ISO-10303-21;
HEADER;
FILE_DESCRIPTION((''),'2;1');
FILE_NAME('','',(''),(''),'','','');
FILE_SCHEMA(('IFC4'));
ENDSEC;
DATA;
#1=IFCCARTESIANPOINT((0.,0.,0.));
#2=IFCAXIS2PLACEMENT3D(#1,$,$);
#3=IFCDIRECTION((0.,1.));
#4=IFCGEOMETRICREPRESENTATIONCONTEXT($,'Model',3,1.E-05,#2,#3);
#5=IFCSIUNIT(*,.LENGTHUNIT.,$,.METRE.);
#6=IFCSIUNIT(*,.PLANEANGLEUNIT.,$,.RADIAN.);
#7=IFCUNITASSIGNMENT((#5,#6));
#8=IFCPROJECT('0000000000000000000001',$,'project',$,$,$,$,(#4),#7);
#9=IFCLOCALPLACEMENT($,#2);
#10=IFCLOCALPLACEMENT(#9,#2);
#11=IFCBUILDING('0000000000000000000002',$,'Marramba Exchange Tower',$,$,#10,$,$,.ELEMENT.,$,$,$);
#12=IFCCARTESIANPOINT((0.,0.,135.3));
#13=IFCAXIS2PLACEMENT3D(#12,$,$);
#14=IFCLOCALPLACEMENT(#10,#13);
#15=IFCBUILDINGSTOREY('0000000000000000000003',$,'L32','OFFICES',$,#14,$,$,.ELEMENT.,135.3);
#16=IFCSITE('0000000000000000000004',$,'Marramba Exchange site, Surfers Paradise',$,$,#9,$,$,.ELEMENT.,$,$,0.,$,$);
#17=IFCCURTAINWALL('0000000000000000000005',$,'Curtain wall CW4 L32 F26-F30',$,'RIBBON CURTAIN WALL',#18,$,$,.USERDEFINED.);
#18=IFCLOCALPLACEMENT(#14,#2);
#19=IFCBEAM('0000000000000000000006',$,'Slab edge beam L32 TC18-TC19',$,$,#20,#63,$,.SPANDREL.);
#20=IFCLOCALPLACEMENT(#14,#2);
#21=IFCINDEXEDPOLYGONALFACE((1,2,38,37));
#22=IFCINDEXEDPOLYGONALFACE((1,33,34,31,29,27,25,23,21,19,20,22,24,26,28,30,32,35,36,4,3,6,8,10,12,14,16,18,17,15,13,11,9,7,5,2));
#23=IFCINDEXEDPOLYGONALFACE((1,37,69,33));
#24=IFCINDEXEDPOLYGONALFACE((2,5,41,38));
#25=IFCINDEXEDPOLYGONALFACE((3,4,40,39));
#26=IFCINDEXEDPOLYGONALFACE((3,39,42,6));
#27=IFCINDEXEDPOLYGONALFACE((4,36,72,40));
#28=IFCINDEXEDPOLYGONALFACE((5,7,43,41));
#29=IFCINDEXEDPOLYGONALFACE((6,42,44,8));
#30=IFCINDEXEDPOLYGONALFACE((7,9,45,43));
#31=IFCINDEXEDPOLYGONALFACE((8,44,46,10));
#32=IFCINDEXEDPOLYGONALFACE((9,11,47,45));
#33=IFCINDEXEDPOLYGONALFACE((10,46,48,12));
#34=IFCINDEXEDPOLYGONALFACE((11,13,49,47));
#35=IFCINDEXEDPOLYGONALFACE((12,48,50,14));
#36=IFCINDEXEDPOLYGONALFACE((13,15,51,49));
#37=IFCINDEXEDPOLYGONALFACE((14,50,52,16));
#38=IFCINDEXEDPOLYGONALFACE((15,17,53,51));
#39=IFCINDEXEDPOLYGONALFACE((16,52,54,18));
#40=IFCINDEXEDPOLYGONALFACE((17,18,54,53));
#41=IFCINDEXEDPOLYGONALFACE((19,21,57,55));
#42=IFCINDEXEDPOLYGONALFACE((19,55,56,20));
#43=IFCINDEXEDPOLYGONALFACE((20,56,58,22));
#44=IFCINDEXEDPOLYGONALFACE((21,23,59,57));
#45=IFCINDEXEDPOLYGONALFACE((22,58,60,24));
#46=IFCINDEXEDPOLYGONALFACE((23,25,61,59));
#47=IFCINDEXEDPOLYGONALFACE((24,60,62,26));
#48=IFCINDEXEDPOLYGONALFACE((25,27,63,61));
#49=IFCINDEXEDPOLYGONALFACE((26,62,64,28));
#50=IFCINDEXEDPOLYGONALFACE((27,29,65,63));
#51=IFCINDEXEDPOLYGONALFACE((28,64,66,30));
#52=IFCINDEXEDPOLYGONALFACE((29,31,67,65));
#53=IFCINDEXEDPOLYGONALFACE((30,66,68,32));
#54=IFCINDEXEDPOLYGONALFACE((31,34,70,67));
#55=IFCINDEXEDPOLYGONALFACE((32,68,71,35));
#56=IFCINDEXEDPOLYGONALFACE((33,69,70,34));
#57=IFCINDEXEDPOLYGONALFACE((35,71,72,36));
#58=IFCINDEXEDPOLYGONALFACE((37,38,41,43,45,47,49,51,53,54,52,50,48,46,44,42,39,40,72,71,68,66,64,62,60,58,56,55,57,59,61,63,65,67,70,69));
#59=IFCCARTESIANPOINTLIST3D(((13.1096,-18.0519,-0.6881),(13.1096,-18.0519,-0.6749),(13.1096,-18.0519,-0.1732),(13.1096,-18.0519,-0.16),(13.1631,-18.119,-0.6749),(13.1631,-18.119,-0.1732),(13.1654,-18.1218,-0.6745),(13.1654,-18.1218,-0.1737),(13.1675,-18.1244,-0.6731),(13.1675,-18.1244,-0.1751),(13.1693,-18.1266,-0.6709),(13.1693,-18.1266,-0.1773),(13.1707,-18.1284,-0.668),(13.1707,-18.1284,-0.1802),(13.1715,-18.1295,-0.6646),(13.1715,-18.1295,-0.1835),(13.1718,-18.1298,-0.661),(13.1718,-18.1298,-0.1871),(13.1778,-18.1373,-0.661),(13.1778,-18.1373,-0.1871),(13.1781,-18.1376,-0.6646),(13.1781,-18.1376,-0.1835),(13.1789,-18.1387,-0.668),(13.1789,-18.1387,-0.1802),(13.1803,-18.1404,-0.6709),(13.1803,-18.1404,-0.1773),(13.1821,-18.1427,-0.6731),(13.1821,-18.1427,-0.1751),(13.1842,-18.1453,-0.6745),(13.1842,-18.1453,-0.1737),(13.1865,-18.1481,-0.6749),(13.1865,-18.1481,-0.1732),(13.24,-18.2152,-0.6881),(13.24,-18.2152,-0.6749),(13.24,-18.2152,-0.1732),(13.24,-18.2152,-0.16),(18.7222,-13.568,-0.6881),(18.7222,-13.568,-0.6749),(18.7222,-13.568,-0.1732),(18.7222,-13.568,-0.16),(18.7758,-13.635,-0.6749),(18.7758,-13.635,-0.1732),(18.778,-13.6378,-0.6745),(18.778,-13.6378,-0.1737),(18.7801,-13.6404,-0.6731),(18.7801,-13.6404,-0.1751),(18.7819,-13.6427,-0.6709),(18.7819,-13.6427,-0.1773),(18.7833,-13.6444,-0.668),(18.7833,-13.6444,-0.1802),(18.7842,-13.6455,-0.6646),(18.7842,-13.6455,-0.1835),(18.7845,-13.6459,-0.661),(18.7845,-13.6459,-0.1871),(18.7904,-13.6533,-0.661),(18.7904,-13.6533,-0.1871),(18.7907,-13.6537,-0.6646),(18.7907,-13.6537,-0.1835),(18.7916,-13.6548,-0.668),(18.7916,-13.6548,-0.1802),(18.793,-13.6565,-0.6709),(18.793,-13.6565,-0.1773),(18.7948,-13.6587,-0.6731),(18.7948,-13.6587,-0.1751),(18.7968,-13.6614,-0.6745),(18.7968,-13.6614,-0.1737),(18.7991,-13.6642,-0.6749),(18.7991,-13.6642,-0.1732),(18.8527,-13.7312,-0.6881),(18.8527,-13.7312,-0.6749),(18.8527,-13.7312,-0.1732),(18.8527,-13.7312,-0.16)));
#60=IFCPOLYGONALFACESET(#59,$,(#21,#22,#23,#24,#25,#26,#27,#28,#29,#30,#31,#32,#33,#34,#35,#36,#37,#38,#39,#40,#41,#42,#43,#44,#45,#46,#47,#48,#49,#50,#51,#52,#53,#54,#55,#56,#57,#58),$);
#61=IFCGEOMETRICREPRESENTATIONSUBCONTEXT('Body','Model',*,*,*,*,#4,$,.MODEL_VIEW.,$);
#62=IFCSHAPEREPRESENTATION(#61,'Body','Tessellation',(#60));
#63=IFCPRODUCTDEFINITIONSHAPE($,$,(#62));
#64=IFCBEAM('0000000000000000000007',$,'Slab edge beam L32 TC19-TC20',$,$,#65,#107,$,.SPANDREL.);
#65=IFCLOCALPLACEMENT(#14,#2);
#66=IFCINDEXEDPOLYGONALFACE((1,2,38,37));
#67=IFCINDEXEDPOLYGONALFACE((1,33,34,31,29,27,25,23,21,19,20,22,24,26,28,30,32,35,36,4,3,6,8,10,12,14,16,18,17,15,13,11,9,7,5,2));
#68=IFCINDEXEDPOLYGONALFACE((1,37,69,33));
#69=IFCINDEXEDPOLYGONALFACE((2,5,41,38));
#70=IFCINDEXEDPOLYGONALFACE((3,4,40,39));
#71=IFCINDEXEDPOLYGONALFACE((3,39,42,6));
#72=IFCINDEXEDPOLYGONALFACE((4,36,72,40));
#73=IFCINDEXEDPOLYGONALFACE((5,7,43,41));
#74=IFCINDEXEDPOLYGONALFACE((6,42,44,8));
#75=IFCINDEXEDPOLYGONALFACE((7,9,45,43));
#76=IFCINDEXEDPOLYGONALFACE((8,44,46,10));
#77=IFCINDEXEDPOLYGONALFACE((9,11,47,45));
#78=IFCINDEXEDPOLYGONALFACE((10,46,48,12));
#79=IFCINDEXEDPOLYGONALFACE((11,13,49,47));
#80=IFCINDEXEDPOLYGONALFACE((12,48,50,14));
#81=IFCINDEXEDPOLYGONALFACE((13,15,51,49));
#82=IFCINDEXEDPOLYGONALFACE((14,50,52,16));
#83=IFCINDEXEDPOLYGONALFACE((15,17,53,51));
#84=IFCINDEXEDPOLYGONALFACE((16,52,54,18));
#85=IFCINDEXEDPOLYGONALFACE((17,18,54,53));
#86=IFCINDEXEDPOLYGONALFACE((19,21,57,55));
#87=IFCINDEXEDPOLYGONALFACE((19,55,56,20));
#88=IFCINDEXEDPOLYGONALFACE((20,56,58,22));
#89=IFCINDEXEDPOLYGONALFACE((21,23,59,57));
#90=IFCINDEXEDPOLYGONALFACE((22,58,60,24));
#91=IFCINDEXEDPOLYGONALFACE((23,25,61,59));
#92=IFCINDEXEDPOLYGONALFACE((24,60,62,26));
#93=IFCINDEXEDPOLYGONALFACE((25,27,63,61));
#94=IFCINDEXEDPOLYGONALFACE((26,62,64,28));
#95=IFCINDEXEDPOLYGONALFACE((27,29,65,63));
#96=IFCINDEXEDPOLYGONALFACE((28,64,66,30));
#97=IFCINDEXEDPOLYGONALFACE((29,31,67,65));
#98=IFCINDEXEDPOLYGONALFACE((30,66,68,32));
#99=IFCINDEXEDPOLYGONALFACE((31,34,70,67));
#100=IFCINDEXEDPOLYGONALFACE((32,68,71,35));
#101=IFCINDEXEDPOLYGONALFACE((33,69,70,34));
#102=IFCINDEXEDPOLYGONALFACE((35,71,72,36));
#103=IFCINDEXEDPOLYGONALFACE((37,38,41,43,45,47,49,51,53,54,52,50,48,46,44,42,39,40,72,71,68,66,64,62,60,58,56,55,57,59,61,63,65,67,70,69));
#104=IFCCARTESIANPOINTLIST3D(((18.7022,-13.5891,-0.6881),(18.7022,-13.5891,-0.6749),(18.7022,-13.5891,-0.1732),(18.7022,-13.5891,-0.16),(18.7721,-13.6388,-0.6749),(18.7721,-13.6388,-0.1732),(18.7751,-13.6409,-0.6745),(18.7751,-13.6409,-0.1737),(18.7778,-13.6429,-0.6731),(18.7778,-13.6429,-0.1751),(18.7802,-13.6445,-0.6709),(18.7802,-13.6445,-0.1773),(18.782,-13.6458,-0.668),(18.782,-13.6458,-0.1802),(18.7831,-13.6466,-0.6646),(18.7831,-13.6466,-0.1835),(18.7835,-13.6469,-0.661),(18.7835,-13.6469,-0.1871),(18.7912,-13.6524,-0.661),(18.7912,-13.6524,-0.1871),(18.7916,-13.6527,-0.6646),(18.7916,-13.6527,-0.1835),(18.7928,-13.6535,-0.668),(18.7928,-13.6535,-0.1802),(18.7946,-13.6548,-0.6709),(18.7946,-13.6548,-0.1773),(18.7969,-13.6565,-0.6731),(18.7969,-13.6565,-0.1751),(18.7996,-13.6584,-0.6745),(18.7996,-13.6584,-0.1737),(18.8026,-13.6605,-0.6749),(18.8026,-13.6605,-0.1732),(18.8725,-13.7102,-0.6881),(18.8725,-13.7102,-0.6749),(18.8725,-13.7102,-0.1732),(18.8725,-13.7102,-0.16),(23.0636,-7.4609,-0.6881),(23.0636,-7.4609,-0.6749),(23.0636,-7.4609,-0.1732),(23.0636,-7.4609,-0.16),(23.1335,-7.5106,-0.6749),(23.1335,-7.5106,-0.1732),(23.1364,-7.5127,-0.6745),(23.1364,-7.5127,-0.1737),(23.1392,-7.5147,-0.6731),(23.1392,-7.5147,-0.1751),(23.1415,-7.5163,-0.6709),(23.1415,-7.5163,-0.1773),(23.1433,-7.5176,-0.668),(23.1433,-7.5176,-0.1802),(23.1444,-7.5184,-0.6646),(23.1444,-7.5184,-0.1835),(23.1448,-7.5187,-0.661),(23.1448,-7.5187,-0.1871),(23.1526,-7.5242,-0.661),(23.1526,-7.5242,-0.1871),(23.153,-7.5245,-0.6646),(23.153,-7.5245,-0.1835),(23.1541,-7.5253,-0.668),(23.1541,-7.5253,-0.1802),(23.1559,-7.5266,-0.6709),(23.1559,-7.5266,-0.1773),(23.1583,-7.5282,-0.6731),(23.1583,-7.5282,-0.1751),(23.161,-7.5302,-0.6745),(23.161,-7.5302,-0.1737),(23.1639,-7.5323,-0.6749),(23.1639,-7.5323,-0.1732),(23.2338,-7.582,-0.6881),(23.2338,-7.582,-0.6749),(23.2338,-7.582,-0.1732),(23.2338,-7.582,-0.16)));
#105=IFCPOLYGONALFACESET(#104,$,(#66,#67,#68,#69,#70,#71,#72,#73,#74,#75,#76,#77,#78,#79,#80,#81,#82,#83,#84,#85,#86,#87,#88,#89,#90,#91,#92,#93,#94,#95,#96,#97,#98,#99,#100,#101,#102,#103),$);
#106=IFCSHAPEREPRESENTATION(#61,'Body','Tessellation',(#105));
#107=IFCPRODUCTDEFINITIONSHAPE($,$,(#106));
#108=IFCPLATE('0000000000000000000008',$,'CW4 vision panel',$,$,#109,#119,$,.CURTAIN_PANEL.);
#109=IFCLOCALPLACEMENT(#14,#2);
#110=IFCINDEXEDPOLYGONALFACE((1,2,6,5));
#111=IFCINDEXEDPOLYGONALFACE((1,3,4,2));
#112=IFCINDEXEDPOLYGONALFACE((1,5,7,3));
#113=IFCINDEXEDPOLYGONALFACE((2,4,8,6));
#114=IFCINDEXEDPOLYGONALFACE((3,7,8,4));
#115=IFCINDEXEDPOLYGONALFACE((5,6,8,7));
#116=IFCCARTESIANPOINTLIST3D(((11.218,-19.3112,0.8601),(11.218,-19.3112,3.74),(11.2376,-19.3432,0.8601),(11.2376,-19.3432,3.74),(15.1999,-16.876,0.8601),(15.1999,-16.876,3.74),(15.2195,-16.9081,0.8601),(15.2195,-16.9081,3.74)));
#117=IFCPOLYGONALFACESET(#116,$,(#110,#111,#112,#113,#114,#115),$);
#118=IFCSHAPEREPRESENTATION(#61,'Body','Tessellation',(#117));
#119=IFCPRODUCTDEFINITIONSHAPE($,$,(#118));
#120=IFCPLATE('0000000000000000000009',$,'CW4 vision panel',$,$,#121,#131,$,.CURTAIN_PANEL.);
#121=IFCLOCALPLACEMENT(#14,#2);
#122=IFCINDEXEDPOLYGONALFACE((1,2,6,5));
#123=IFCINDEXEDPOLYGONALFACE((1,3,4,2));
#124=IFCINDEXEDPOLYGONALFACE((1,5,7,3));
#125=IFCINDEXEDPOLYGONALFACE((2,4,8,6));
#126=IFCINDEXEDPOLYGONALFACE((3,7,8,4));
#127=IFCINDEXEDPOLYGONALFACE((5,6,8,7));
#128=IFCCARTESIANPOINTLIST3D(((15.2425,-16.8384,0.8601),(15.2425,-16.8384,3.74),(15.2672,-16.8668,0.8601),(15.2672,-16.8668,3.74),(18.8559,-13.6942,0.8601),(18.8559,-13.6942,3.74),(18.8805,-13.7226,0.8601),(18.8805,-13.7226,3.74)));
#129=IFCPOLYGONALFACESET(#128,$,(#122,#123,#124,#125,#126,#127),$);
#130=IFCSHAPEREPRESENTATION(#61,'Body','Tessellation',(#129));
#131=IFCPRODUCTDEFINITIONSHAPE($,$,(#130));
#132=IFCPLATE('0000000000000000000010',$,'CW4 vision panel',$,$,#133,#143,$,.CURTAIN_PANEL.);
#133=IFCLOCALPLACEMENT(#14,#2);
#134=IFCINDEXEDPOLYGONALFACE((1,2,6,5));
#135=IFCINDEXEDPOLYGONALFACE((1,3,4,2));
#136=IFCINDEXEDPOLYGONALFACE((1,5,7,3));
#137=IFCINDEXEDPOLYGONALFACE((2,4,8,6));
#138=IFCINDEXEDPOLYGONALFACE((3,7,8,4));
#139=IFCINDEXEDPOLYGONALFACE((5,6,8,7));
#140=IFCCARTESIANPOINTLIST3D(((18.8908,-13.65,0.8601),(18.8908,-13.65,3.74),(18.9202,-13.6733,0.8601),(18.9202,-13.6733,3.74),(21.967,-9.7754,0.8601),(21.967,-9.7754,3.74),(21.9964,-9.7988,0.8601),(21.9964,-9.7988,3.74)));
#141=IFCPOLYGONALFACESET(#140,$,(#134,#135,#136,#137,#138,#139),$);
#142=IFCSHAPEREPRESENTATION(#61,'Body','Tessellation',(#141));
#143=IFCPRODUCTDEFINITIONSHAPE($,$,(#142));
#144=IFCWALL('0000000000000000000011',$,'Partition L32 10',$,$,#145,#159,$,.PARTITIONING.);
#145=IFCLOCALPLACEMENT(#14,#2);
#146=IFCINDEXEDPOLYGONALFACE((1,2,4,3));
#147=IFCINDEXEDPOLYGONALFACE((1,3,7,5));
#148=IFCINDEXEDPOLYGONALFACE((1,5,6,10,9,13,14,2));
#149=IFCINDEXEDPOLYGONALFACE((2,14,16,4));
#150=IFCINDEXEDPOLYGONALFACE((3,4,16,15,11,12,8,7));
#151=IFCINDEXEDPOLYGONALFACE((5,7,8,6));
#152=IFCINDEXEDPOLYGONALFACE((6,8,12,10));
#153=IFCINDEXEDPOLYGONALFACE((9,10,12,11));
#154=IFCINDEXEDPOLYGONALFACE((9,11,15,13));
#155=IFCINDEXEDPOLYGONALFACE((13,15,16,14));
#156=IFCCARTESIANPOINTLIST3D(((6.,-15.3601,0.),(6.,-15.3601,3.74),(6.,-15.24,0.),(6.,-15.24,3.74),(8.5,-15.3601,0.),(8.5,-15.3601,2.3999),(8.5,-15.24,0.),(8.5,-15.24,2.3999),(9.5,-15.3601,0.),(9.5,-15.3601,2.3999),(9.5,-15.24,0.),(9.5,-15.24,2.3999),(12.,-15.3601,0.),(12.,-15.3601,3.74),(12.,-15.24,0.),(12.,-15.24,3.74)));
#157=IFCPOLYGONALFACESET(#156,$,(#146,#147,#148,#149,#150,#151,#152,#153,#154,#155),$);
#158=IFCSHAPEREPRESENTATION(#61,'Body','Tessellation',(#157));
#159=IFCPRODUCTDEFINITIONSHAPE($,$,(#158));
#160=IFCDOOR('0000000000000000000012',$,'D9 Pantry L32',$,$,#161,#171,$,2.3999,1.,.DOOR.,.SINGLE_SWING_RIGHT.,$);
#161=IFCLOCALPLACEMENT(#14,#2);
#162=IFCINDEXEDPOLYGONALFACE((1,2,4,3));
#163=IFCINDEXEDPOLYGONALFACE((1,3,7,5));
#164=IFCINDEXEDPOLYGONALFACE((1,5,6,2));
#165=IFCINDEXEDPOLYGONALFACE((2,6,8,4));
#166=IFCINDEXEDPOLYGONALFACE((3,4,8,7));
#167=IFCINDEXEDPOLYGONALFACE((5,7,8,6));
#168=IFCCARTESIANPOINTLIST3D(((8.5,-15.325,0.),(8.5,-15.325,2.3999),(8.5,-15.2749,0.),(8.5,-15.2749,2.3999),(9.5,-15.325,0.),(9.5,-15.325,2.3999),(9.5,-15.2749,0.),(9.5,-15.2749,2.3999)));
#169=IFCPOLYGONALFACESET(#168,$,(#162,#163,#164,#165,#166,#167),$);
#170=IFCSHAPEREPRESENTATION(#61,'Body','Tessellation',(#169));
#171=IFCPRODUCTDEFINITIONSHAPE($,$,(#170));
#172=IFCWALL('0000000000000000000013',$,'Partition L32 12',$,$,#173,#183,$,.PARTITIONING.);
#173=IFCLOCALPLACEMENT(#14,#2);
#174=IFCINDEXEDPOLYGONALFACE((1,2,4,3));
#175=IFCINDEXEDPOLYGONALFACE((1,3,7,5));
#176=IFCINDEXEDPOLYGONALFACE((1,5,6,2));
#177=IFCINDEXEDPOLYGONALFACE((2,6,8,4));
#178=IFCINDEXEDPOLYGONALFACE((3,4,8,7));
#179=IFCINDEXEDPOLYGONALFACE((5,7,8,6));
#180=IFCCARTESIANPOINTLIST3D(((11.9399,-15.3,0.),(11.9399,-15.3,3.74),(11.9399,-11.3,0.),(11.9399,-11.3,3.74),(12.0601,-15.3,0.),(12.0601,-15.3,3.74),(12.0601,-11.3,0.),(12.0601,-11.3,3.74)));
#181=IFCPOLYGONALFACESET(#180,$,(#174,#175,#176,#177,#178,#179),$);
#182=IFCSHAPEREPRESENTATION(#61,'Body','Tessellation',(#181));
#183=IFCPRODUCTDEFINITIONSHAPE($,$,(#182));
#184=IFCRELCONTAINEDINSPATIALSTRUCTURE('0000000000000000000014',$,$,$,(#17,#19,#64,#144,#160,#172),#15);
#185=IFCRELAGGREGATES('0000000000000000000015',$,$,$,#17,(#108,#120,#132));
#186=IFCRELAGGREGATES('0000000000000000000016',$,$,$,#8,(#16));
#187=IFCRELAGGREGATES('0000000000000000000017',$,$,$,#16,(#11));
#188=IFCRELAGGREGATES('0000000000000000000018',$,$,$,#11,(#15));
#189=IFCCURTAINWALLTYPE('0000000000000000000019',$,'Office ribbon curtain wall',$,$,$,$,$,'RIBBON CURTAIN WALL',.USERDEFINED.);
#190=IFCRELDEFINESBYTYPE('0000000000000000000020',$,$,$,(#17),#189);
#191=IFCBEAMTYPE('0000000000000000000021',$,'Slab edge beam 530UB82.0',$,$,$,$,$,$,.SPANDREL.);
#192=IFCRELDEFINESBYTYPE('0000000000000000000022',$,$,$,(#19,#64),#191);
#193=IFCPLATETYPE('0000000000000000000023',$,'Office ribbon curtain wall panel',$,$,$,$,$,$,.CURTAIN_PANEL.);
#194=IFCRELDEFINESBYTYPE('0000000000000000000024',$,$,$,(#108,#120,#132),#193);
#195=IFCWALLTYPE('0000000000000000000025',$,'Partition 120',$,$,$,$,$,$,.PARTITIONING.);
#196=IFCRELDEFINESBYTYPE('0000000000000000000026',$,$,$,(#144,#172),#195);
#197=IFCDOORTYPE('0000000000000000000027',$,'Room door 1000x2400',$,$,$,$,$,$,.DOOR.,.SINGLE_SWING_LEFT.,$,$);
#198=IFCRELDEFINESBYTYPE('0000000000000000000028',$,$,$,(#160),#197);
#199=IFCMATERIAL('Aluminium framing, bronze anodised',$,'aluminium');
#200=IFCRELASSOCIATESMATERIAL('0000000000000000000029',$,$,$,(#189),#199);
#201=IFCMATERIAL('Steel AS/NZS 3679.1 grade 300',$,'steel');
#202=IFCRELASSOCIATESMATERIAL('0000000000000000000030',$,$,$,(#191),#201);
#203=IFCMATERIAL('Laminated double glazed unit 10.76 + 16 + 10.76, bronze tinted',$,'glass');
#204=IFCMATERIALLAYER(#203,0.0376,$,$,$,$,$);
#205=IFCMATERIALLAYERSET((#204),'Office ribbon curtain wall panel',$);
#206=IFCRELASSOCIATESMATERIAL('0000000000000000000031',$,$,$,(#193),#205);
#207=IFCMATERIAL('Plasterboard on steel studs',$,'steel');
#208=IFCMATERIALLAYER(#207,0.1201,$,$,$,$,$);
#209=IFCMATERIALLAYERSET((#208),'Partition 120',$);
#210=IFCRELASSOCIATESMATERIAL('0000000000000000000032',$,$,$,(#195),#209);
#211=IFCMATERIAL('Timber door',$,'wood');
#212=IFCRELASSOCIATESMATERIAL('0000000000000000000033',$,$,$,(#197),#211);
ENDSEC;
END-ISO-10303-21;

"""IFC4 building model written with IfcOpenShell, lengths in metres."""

from ifc_helpers import new_model, si_unit, direction, frame, frame_2d, origin, origin_2d, place, context, subcontext, project, spatial, rectangle, i_section, extrude, material, layer, layer_set, material_profile, profile_set, type_object, element, fill, aggregate, save


model = new_model("IFC4")

# Units and contexts
model_context = context("Model", 3, precision=1e-05, world=origin(), true_north=direction((0.0, 1.0)))
body_context = subcontext(model_context, "Body", "Model", "MODEL_VIEW")
ifc_project = project(units=[si_unit("LENGTHUNIT", "METRE"), si_unit("PLANEANGLEUNIT", "RADIAN")], contexts=[model_context])

# Site, building, storey
site_placement = place(None, origin())
site = spatial("IfcSite", under=ifc_project, at=site_placement, Name="Marramba Exchange site, Surfers Paradise", CompositionType="ELEMENT", RefElevation=0.0)
building_placement = place(site_placement, origin())
building = spatial("IfcBuilding", under=site, at=building_placement, Name="Marramba Exchange Tower", CompositionType="ELEMENT")
storey_placement = place(building_placement, frame((0.0, 0.0, 135.3)))
storey = spatial("IfcBuildingStorey", under=building, at=storey_placement, Name="L32", Description="OFFICES", CompositionType="ELEMENT", Elevation=135.3)

# Curtain wall
ifc_material_1 = material(Name="Aluminium framing, bronze anodised", Category="aluminium")
curtain_wall_type = type_object("IfcCurtainWallType", Name="Office ribbon curtain wall", ElementType="RIBBON CURTAIN WALL", PredefinedType="USERDEFINED", material=ifc_material_1)
curtain_wall_placement = place(storey_placement, origin())
curtain_wall = element("IfcCurtainWall", 1, at=curtain_wall_placement, inside=storey, type_object=curtain_wall_type, Name="Curtain wall CW4 L32 F26-F30", ObjectType="RIBBON CURTAIN WALL", PredefinedType="USERDEFINED")

# Beams
ifc_material_2 = material(Name="Steel AS/NZS 3679.1 grade 300", Category="steel")
ifc_material_profile_1 = material_profile(ifc_material_2, i_section(OverallWidth=0.209, OverallDepth=0.5281, WebThickness=0.0095, FlangeThickness=0.0132, FilletRadius=0.0139, at=origin_2d()), Name="530UB82.0")
ifc_profile_set_1 = profile_set([ifc_material_profile_1], Name="Steel AS/NZS 3679.1 grade 300")
beam_type_1 = type_object("IfcBeamType", Name="Slab edge beam 530UB82.0", PredefinedType="SPANDREL", material=ifc_profile_set_1)
beam_1_placement = place(storey_placement, frame((13.1748, -18.1335, -0.4241), z_axis=(0.781286, 0.624173, 0.0), x_axis=(-0.624173, 0.781286, 0.0)))
element("IfcBeam", 2, at=beam_1_placement, inside=storey, type_object=beam_type_1, Name="Slab edge beam L32 TC18-TC19", PredefinedType="SPANDREL", context=body_context, shape_type="SweptSolid", body=[
    extrude(i_section(OverallWidth=0.209, OverallDepth=0.5281, WebThickness=0.0095, FlangeThickness=0.0132, FilletRadius=0.0139, at=origin_2d()), origin(), (0.0, 0.0, 1.0), 7.1838),
])
beam_2_placement = place(storey_placement, frame((18.7874, -13.6497, -0.4241), z_axis=(0.579834, 0.814735, 0.0), x_axis=(-0.814735, 0.579834, 0.0)))
element("IfcBeam", 3, at=beam_2_placement, inside=storey, type_object=beam_type_1, Name="Slab edge beam L32 TC19-TC20", PredefinedType="SPANDREL", context=body_context, shape_type="SweptSolid", body=[
    extrude(i_section(OverallWidth=0.209, OverallDepth=0.5281, WebThickness=0.0095, FlangeThickness=0.0132, FilletRadius=0.0139, at=origin_2d()), origin(), (0.0, 0.0, 1.0), 7.5217),
])

# Plates
ifc_material_3 = material(Name="Laminated double glazed unit 10.76 + 16 + 10.76, bronze tinted", Category="glass")
ifc_layer_1 = layer(ifc_material_3, 0.0376)
ifc_layer_set_1 = layer_set([ifc_layer_1], Name="Office ribbon curtain wall panel")
plate_type = type_object("IfcPlateType", Name="Office ribbon curtain wall panel", PredefinedType="CURTAIN_PANEL", material=ifc_layer_set_1)
plate_1_placement = place(storey_placement, frame((13.2188, -18.1096, 0.8601), z_axis=(0.0, 0.0, 1.0), x_axis=(0.853109, 0.521733, 0.0)))
plate_1 = element("IfcPlate", 4, at=plate_1_placement, type_object=plate_type, Name="CW4 vision panel", PredefinedType="CURTAIN_PANEL", context=body_context, shape_type="SweptSolid", body=[
    extrude(rectangle(XDim=4.6675, YDim=0.0376, at=origin_2d()), origin(), (0.0, 0.0, 1.0), 2.8799),
])
plate_2_placement = place(storey_placement, frame((17.0615, -15.2805, 0.8601), z_axis=(0.0, 0.0, 1.0), x_axis=(0.754386, 0.656432, 0.0)))
plate_2 = element("IfcPlate", 5, at=plate_2_placement, type_object=plate_type, Name="CW4 vision panel", PredefinedType="CURTAIN_PANEL", context=body_context, shape_type="SweptSolid", body=[
    extrude(rectangle(XDim=4.7898, YDim=0.0376, at=origin_2d()), origin(), (0.0, 0.0, 1.0), 2.8799),
])
plate_3_placement = place(storey_placement, frame((20.4436, -11.7244, 0.8601), z_axis=(0.0, 0.0, 1.0), x_axis=(0.621807, 0.78317, 0.0)))
plate_3 = element("IfcPlate", 6, at=plate_3_placement, type_object=plate_type, Name="CW4 vision panel", PredefinedType="CURTAIN_PANEL", context=body_context, shape_type="SweptSolid", body=[
    extrude(rectangle(XDim=4.9473, YDim=0.0376, at=origin_2d()), origin(), (0.0, 0.0, 1.0), 2.8799),
])
aggregate(curtain_wall, [plate_1, plate_2, plate_3])

# Wall, opening, door
ifc_material_4 = material(Name="Plasterboard on steel studs", Category="steel")
ifc_layer_2 = layer(ifc_material_4, 0.1201)
ifc_layer_set_2 = layer_set([ifc_layer_2], Name="Partition 120")
wall_type = type_object("IfcWallType", Name="Partition 120", PredefinedType="PARTITIONING", material=ifc_layer_set_2)
wall_1_placement = place(storey_placement, frame((12.0, -15.3, 0.0), z_axis=(0.0, 0.0, 1.0), x_axis=(-1.0, 0.0, 0.0)))
wall_1 = element("IfcWall", 7, at=wall_1_placement, inside=storey, type_object=wall_type, Name="Partition L32 10", PredefinedType="PARTITIONING", context=body_context, shape_type="SweptSolid", body=[
    extrude(rectangle(XDim=6.0, YDim=0.1201, at=frame_2d((3.0, 0.0))), origin(), (0.0, 0.0, 1.0), 3.74),
])
opening_placement = place(wall_1_placement, frame((2.5, 0.0, 0.0)))
opening = element("IfcOpeningElement", 8, at=opening_placement, cuts=wall_1, PredefinedType="OPENING", context=body_context, shape_type="SweptSolid", body=[
    extrude(rectangle(XDim=1.0, YDim=2.3999, at=frame_2d((0.5, 1.2))), frame((0.0, 0.0701, 0.0), z_axis=(0.0, -1.0, 0.0), x_axis=(1.0, 0.0, 0.0)), (0.0, 0.0, 1.0), 0.1401),
])
ifc_material_5 = material(Name="Timber door", Category="wood")
door_type = type_object("IfcDoorType", Name="Room door 1000x2400", OperationType="SINGLE_SWING_LEFT", PredefinedType="DOOR", material=ifc_material_5)
door_placement = place(opening_placement, frame((1.0, 0.0, 0.0), z_axis=(0.0, 0.0, 1.0), x_axis=(-1.0, 0.0, 0.0)))
door = element("IfcDoor", 9, at=door_placement, inside=storey, type_object=door_type, Name="D9 Pantry L32", OperationType="SINGLE_SWING_RIGHT", OverallHeight=2.3999, OverallWidth=1.0, PredefinedType="DOOR", context=body_context, shape_type="SweptSolid", body=[
    extrude(rectangle(XDim=1.0, YDim=2.3999, at=frame_2d((0.5, 1.2))), frame((0.0, 0.0251, 0.0), z_axis=(0.0, -1.0, 0.0), x_axis=(1.0, 0.0, 0.0)), (0.0, 0.0, 1.0), 0.05),
])
fill(opening, door)

# Wall
wall_2_placement = place(storey_placement, frame((12.0, -11.3, 0.0), z_axis=(0.0, 0.0, 1.0), x_axis=(0.0, -1.0, 0.0)))
element("IfcWall", 10, at=wall_2_placement, inside=storey, type_object=wall_type, Name="Partition L32 12", PredefinedType="PARTITIONING", context=body_context, shape_type="SweptSolid", body=[
    extrude(rectangle(XDim=4.0, YDim=0.1201, at=frame_2d((2.0, 0.0))), origin(), (0.0, 0.0, 1.0), 3.74),
])

save(model, "model.ifc")
